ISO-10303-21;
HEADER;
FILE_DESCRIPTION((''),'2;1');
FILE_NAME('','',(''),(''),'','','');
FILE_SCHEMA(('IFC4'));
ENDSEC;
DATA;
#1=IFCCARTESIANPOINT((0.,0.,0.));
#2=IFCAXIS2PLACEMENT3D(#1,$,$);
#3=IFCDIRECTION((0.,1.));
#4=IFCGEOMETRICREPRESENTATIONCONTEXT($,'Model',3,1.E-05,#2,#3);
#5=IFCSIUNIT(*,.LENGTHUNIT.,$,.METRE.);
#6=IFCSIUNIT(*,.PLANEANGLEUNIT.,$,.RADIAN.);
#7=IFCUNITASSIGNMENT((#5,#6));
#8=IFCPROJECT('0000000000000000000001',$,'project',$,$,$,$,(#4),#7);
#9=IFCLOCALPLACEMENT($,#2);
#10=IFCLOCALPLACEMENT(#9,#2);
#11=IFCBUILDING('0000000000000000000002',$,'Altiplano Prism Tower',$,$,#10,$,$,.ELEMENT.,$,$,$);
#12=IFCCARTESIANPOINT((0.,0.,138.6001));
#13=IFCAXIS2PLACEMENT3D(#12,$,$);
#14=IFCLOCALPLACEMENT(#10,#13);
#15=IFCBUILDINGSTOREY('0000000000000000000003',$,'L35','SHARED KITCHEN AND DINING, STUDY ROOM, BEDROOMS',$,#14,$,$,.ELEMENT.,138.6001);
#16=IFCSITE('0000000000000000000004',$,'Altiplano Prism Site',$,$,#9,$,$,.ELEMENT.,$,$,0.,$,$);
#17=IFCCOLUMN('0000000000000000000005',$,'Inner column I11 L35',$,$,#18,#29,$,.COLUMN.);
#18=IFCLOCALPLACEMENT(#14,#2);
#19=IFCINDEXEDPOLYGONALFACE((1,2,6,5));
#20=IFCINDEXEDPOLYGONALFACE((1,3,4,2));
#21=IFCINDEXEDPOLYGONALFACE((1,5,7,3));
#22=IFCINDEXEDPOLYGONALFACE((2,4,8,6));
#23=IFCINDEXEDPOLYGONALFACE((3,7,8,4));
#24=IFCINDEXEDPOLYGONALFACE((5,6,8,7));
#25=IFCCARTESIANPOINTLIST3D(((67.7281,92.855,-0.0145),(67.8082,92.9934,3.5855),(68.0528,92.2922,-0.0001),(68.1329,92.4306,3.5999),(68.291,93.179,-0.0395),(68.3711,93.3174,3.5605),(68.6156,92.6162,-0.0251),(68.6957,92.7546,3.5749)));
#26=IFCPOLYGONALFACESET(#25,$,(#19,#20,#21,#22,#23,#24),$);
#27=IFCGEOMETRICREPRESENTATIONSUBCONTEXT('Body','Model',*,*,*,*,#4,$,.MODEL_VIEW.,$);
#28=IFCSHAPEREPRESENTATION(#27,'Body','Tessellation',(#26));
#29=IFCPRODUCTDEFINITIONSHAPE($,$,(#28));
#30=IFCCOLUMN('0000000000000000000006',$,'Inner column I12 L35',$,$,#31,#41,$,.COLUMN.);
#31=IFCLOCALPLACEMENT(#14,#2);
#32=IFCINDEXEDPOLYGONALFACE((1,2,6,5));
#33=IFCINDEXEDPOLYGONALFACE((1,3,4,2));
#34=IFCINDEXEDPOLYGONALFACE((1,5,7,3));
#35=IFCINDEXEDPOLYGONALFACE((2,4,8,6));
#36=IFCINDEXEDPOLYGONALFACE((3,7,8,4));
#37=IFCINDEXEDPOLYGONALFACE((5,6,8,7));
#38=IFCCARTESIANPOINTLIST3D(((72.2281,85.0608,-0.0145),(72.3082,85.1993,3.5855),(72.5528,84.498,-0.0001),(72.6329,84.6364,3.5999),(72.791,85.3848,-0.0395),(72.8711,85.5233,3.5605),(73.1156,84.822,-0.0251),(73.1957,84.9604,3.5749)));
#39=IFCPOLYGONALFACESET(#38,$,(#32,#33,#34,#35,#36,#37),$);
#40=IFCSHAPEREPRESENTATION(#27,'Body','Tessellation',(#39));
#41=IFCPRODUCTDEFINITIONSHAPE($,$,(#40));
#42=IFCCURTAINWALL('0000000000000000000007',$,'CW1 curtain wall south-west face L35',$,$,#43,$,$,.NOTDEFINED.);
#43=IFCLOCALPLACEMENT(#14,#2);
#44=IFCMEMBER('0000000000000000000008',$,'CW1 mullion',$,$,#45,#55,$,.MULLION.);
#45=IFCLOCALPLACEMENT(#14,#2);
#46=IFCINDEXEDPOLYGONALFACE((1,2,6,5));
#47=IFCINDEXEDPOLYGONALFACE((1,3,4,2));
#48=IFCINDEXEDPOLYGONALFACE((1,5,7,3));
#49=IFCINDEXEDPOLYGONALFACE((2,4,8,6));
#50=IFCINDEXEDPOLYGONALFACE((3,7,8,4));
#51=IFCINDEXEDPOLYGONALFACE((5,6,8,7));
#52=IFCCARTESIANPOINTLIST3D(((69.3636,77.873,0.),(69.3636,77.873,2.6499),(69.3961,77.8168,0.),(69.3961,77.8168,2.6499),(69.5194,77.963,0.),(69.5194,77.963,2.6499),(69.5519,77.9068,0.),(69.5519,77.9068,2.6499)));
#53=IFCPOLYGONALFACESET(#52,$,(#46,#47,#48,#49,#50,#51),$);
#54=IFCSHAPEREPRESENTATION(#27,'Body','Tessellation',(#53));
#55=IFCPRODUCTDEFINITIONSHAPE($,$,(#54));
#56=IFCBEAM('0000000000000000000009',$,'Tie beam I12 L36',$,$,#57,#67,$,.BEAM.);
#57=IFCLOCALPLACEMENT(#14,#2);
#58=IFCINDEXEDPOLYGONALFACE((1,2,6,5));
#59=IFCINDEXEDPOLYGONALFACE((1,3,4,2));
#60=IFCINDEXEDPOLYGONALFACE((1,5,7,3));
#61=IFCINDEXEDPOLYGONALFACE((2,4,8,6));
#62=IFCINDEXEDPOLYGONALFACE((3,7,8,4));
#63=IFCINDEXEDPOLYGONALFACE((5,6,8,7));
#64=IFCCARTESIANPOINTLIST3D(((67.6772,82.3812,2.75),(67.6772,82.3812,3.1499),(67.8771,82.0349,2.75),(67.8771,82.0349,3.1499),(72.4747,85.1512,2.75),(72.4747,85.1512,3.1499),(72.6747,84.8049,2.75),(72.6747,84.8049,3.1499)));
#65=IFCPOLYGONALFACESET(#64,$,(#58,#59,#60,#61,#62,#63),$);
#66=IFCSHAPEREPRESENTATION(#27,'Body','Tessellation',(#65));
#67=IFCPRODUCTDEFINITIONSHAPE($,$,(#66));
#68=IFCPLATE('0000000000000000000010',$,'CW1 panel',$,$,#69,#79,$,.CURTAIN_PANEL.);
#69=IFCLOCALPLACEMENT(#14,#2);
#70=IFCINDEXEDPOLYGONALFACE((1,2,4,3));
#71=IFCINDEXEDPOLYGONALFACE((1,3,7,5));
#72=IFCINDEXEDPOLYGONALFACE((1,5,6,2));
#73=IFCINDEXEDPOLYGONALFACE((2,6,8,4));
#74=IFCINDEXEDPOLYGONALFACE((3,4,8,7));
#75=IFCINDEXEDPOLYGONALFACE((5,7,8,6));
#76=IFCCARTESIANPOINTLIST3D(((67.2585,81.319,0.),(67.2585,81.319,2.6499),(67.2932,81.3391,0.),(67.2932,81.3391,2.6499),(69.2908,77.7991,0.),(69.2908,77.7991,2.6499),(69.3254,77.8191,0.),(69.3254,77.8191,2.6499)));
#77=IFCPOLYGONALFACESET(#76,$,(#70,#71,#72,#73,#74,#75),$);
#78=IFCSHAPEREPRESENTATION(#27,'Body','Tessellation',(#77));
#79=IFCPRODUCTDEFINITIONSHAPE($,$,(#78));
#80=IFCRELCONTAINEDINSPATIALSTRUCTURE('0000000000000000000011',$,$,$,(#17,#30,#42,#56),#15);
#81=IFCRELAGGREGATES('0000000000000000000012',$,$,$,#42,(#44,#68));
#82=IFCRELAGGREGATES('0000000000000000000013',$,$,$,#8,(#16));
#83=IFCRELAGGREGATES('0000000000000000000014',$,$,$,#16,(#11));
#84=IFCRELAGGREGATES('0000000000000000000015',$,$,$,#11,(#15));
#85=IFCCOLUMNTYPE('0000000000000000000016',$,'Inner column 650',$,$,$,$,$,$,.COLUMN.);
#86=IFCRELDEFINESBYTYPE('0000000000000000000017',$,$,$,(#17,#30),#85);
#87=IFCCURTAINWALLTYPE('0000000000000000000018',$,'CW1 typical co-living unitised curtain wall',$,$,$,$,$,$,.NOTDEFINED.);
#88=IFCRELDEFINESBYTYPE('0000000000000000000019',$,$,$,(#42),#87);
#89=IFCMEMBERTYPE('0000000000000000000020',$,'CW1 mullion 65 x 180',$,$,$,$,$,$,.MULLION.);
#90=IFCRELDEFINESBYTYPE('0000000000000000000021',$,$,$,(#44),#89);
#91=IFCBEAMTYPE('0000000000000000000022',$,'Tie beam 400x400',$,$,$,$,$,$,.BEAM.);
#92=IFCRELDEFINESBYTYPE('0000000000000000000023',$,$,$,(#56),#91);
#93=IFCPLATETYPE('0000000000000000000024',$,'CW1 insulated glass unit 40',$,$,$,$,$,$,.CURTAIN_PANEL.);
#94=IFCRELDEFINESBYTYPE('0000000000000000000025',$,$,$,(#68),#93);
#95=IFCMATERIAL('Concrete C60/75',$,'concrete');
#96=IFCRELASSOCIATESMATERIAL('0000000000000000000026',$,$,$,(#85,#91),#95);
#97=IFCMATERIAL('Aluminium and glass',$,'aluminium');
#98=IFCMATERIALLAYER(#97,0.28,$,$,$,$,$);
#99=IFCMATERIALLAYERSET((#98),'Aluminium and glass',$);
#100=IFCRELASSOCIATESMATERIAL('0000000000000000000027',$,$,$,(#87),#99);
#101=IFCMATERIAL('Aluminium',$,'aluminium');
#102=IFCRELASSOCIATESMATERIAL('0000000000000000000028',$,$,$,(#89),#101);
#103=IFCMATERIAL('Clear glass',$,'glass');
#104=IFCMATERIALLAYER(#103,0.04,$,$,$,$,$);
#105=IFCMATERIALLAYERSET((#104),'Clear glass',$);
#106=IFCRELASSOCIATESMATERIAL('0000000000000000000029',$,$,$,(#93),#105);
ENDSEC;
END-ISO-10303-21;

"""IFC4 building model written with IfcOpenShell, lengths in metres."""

from ifc_helpers import new_model, si_unit, direction, frame, origin, origin_2d, place, context, subcontext, project, spatial, rectangle, extrude, material, layer, layer_set, material_profile, profile_set, type_object, element, aggregate, save


model = new_model("IFC4")

# Units and contexts
model_context = context("Model", 3, precision=1e-05, world=origin(), true_north=direction((0.0, 1.0)))
body_context = subcontext(model_context, "Body", "Model", "MODEL_VIEW")
ifc_project = project(units=[si_unit("LENGTHUNIT", "METRE"), si_unit("PLANEANGLEUNIT", "RADIAN")], contexts=[model_context])

# Site, building, storey
site_placement = place(None, origin())
site = spatial("IfcSite", under=ifc_project, at=site_placement, Name="Altiplano Prism Site", CompositionType="ELEMENT", RefElevation=0.0)
building_placement = place(site_placement, origin())
building = spatial("IfcBuilding", under=site, at=building_placement, Name="Altiplano Prism Tower", CompositionType="ELEMENT")
storey_placement = place(building_placement, frame((0.0, 0.0, 138.6001)))
storey = spatial("IfcBuildingStorey", under=building, at=storey_placement, Name="L35", Description="SHARED KITCHEN AND DINING, STUDY ROOM, BEDROOMS", CompositionType="ELEMENT", Elevation=138.6001)

# Columns
ifc_material_1 = material(Name="Concrete C60/75", Category="concrete")
ifc_material_profile_1 = material_profile(ifc_material_1, rectangle(XDim=0.6499, YDim=0.6499, at=origin_2d()), Name="Inner column 650")
ifc_profile_set_1 = profile_set([ifc_material_profile_1], Name="Concrete C60/75")
column_type = type_object("IfcColumnType", Name="Inner column 650", PredefinedType="COLUMN", material=ifc_profile_set_1)
for number, where, z_axis, x_axis, name in (
    (1, (68.1719, 92.7356, -0.0198), (0.022223, 0.038416, 0.999015), (-0.866024, -0.498523, 0.038435), "Inner column I11 L35"),
    (2, (72.6719, 84.9414, -0.0198), (0.022223, 0.038416, 0.999015), (-0.866021, -0.498528, 0.038435), "Inner column I12 L35"),
):
    element("IfcColumn", number, at=place(storey_placement, frame(where, z_axis=z_axis, x_axis=x_axis)), inside=storey, type_object=column_type, Name=name, PredefinedType="COLUMN", context=body_context, shape_type="SweptSolid", body=[
        extrude(rectangle(XDim=0.6499, YDim=0.6499, at=origin_2d()), origin(), (0.0, 0.0, 1.0), 3.6035),
    ])

# Curtain wall, member
ifc_material_2 = material(Name="Aluminium and glass", Category="aluminium")
ifc_layer_1 = layer(ifc_material_2, 0.28)
ifc_layer_set_1 = layer_set([ifc_layer_1], Name="Aluminium and glass")
curtain_wall_type = type_object("IfcCurtainWallType", Name="CW1 typical co-living unitised curtain wall", PredefinedType="NOTDEFINED", material=ifc_layer_set_1)
curtain_wall_placement = place(storey_placement, origin())
curtain_wall = element("IfcCurtainWall", 3, at=curtain_wall_placement, inside=storey, type_object=curtain_wall_type, Name="CW1 curtain wall south-west face L35", PredefinedType="NOTDEFINED")
ifc_material_3 = material(Name="Aluminium", Category="aluminium")
ifc_material_profile_2 = material_profile(ifc_material_3, rectangle(XDim=0.1799, YDim=0.0649, at=origin_2d()), Name="CW1 mullion 65 x 180")
ifc_profile_set_2 = profile_set([ifc_material_profile_2], Name="Aluminium")
member_type = type_object("IfcMemberType", Name="CW1 mullion 65 x 180", PredefinedType="MULLION", material=ifc_profile_set_2)
member_placement = place(storey_placement, frame((69.4578, 77.8899, 0.0), z_axis=(0.0, 0.0, 1.0), x_axis=(0.866025, 0.5, 0.0)))
member = element("IfcMember", 4, at=member_placement, type_object=member_type, Name="CW1 mullion", PredefinedType="MULLION", context=body_context, shape_type="SweptSolid", body=[
    extrude(rectangle(XDim=0.1799, YDim=0.0649, at=origin_2d()), origin(), (0.0, 0.0, 1.0), 2.6499),
])

# Beam
ifc_material_profile_3 = material_profile(ifc_material_1, rectangle(XDim=0.3999, YDim=0.3999, at=origin_2d()), Name="Tie beam 400x400")
ifc_profile_set_3 = profile_set([ifc_material_profile_3], Name="Concrete C60/75")
beam_type = type_object("IfcBeamType", Name="Tie beam 400x400", PredefinedType="BEAM", material=ifc_profile_set_3)
beam_placement = place(storey_placement, frame((72.5747, 84.978, 2.95), z_axis=(-0.866016, -0.500016, 0.0), x_axis=(0.500016, -0.866016, 0.0)))
element("IfcBeam", 5, at=beam_placement, inside=storey, type_object=beam_type, Name="Tie beam I12 L36", PredefinedType="BEAM", context=body_context, shape_type="SweptSolid", body=[
    extrude(rectangle(XDim=0.3999, YDim=0.3999, at=origin_2d()), origin(), (0.0, 0.0, 1.0), 5.5398),
])

# Plate
ifc_material_4 = material(Name="Clear glass", Category="glass")
ifc_layer_2 = layer(ifc_material_4, 0.04)
ifc_layer_set_2 = layer_set([ifc_layer_2], Name="Clear glass")
plate_type = type_object("IfcPlateType", Name="CW1 insulated glass unit 40", PredefinedType="CURTAIN_PANEL", material=ifc_layer_set_2)
plate_placement = place(storey_placement, frame((68.292, 79.5691, 0.0), z_axis=(0.0, 0.0, 1.0), x_axis=(0.5, -0.866025, 0.0)))
plate = element("IfcPlate", 6, at=plate_placement, type_object=plate_type, Name="CW1 panel", PredefinedType="CURTAIN_PANEL", context=body_context, shape_type="SweptSolid", body=[
    extrude(rectangle(XDim=4.0645, YDim=0.04, at=origin_2d()), origin(), (0.0, 0.0, 1.0), 2.6499),
])
aggregate(curtain_wall, [member, plate])

save(model, "model.ifc")
